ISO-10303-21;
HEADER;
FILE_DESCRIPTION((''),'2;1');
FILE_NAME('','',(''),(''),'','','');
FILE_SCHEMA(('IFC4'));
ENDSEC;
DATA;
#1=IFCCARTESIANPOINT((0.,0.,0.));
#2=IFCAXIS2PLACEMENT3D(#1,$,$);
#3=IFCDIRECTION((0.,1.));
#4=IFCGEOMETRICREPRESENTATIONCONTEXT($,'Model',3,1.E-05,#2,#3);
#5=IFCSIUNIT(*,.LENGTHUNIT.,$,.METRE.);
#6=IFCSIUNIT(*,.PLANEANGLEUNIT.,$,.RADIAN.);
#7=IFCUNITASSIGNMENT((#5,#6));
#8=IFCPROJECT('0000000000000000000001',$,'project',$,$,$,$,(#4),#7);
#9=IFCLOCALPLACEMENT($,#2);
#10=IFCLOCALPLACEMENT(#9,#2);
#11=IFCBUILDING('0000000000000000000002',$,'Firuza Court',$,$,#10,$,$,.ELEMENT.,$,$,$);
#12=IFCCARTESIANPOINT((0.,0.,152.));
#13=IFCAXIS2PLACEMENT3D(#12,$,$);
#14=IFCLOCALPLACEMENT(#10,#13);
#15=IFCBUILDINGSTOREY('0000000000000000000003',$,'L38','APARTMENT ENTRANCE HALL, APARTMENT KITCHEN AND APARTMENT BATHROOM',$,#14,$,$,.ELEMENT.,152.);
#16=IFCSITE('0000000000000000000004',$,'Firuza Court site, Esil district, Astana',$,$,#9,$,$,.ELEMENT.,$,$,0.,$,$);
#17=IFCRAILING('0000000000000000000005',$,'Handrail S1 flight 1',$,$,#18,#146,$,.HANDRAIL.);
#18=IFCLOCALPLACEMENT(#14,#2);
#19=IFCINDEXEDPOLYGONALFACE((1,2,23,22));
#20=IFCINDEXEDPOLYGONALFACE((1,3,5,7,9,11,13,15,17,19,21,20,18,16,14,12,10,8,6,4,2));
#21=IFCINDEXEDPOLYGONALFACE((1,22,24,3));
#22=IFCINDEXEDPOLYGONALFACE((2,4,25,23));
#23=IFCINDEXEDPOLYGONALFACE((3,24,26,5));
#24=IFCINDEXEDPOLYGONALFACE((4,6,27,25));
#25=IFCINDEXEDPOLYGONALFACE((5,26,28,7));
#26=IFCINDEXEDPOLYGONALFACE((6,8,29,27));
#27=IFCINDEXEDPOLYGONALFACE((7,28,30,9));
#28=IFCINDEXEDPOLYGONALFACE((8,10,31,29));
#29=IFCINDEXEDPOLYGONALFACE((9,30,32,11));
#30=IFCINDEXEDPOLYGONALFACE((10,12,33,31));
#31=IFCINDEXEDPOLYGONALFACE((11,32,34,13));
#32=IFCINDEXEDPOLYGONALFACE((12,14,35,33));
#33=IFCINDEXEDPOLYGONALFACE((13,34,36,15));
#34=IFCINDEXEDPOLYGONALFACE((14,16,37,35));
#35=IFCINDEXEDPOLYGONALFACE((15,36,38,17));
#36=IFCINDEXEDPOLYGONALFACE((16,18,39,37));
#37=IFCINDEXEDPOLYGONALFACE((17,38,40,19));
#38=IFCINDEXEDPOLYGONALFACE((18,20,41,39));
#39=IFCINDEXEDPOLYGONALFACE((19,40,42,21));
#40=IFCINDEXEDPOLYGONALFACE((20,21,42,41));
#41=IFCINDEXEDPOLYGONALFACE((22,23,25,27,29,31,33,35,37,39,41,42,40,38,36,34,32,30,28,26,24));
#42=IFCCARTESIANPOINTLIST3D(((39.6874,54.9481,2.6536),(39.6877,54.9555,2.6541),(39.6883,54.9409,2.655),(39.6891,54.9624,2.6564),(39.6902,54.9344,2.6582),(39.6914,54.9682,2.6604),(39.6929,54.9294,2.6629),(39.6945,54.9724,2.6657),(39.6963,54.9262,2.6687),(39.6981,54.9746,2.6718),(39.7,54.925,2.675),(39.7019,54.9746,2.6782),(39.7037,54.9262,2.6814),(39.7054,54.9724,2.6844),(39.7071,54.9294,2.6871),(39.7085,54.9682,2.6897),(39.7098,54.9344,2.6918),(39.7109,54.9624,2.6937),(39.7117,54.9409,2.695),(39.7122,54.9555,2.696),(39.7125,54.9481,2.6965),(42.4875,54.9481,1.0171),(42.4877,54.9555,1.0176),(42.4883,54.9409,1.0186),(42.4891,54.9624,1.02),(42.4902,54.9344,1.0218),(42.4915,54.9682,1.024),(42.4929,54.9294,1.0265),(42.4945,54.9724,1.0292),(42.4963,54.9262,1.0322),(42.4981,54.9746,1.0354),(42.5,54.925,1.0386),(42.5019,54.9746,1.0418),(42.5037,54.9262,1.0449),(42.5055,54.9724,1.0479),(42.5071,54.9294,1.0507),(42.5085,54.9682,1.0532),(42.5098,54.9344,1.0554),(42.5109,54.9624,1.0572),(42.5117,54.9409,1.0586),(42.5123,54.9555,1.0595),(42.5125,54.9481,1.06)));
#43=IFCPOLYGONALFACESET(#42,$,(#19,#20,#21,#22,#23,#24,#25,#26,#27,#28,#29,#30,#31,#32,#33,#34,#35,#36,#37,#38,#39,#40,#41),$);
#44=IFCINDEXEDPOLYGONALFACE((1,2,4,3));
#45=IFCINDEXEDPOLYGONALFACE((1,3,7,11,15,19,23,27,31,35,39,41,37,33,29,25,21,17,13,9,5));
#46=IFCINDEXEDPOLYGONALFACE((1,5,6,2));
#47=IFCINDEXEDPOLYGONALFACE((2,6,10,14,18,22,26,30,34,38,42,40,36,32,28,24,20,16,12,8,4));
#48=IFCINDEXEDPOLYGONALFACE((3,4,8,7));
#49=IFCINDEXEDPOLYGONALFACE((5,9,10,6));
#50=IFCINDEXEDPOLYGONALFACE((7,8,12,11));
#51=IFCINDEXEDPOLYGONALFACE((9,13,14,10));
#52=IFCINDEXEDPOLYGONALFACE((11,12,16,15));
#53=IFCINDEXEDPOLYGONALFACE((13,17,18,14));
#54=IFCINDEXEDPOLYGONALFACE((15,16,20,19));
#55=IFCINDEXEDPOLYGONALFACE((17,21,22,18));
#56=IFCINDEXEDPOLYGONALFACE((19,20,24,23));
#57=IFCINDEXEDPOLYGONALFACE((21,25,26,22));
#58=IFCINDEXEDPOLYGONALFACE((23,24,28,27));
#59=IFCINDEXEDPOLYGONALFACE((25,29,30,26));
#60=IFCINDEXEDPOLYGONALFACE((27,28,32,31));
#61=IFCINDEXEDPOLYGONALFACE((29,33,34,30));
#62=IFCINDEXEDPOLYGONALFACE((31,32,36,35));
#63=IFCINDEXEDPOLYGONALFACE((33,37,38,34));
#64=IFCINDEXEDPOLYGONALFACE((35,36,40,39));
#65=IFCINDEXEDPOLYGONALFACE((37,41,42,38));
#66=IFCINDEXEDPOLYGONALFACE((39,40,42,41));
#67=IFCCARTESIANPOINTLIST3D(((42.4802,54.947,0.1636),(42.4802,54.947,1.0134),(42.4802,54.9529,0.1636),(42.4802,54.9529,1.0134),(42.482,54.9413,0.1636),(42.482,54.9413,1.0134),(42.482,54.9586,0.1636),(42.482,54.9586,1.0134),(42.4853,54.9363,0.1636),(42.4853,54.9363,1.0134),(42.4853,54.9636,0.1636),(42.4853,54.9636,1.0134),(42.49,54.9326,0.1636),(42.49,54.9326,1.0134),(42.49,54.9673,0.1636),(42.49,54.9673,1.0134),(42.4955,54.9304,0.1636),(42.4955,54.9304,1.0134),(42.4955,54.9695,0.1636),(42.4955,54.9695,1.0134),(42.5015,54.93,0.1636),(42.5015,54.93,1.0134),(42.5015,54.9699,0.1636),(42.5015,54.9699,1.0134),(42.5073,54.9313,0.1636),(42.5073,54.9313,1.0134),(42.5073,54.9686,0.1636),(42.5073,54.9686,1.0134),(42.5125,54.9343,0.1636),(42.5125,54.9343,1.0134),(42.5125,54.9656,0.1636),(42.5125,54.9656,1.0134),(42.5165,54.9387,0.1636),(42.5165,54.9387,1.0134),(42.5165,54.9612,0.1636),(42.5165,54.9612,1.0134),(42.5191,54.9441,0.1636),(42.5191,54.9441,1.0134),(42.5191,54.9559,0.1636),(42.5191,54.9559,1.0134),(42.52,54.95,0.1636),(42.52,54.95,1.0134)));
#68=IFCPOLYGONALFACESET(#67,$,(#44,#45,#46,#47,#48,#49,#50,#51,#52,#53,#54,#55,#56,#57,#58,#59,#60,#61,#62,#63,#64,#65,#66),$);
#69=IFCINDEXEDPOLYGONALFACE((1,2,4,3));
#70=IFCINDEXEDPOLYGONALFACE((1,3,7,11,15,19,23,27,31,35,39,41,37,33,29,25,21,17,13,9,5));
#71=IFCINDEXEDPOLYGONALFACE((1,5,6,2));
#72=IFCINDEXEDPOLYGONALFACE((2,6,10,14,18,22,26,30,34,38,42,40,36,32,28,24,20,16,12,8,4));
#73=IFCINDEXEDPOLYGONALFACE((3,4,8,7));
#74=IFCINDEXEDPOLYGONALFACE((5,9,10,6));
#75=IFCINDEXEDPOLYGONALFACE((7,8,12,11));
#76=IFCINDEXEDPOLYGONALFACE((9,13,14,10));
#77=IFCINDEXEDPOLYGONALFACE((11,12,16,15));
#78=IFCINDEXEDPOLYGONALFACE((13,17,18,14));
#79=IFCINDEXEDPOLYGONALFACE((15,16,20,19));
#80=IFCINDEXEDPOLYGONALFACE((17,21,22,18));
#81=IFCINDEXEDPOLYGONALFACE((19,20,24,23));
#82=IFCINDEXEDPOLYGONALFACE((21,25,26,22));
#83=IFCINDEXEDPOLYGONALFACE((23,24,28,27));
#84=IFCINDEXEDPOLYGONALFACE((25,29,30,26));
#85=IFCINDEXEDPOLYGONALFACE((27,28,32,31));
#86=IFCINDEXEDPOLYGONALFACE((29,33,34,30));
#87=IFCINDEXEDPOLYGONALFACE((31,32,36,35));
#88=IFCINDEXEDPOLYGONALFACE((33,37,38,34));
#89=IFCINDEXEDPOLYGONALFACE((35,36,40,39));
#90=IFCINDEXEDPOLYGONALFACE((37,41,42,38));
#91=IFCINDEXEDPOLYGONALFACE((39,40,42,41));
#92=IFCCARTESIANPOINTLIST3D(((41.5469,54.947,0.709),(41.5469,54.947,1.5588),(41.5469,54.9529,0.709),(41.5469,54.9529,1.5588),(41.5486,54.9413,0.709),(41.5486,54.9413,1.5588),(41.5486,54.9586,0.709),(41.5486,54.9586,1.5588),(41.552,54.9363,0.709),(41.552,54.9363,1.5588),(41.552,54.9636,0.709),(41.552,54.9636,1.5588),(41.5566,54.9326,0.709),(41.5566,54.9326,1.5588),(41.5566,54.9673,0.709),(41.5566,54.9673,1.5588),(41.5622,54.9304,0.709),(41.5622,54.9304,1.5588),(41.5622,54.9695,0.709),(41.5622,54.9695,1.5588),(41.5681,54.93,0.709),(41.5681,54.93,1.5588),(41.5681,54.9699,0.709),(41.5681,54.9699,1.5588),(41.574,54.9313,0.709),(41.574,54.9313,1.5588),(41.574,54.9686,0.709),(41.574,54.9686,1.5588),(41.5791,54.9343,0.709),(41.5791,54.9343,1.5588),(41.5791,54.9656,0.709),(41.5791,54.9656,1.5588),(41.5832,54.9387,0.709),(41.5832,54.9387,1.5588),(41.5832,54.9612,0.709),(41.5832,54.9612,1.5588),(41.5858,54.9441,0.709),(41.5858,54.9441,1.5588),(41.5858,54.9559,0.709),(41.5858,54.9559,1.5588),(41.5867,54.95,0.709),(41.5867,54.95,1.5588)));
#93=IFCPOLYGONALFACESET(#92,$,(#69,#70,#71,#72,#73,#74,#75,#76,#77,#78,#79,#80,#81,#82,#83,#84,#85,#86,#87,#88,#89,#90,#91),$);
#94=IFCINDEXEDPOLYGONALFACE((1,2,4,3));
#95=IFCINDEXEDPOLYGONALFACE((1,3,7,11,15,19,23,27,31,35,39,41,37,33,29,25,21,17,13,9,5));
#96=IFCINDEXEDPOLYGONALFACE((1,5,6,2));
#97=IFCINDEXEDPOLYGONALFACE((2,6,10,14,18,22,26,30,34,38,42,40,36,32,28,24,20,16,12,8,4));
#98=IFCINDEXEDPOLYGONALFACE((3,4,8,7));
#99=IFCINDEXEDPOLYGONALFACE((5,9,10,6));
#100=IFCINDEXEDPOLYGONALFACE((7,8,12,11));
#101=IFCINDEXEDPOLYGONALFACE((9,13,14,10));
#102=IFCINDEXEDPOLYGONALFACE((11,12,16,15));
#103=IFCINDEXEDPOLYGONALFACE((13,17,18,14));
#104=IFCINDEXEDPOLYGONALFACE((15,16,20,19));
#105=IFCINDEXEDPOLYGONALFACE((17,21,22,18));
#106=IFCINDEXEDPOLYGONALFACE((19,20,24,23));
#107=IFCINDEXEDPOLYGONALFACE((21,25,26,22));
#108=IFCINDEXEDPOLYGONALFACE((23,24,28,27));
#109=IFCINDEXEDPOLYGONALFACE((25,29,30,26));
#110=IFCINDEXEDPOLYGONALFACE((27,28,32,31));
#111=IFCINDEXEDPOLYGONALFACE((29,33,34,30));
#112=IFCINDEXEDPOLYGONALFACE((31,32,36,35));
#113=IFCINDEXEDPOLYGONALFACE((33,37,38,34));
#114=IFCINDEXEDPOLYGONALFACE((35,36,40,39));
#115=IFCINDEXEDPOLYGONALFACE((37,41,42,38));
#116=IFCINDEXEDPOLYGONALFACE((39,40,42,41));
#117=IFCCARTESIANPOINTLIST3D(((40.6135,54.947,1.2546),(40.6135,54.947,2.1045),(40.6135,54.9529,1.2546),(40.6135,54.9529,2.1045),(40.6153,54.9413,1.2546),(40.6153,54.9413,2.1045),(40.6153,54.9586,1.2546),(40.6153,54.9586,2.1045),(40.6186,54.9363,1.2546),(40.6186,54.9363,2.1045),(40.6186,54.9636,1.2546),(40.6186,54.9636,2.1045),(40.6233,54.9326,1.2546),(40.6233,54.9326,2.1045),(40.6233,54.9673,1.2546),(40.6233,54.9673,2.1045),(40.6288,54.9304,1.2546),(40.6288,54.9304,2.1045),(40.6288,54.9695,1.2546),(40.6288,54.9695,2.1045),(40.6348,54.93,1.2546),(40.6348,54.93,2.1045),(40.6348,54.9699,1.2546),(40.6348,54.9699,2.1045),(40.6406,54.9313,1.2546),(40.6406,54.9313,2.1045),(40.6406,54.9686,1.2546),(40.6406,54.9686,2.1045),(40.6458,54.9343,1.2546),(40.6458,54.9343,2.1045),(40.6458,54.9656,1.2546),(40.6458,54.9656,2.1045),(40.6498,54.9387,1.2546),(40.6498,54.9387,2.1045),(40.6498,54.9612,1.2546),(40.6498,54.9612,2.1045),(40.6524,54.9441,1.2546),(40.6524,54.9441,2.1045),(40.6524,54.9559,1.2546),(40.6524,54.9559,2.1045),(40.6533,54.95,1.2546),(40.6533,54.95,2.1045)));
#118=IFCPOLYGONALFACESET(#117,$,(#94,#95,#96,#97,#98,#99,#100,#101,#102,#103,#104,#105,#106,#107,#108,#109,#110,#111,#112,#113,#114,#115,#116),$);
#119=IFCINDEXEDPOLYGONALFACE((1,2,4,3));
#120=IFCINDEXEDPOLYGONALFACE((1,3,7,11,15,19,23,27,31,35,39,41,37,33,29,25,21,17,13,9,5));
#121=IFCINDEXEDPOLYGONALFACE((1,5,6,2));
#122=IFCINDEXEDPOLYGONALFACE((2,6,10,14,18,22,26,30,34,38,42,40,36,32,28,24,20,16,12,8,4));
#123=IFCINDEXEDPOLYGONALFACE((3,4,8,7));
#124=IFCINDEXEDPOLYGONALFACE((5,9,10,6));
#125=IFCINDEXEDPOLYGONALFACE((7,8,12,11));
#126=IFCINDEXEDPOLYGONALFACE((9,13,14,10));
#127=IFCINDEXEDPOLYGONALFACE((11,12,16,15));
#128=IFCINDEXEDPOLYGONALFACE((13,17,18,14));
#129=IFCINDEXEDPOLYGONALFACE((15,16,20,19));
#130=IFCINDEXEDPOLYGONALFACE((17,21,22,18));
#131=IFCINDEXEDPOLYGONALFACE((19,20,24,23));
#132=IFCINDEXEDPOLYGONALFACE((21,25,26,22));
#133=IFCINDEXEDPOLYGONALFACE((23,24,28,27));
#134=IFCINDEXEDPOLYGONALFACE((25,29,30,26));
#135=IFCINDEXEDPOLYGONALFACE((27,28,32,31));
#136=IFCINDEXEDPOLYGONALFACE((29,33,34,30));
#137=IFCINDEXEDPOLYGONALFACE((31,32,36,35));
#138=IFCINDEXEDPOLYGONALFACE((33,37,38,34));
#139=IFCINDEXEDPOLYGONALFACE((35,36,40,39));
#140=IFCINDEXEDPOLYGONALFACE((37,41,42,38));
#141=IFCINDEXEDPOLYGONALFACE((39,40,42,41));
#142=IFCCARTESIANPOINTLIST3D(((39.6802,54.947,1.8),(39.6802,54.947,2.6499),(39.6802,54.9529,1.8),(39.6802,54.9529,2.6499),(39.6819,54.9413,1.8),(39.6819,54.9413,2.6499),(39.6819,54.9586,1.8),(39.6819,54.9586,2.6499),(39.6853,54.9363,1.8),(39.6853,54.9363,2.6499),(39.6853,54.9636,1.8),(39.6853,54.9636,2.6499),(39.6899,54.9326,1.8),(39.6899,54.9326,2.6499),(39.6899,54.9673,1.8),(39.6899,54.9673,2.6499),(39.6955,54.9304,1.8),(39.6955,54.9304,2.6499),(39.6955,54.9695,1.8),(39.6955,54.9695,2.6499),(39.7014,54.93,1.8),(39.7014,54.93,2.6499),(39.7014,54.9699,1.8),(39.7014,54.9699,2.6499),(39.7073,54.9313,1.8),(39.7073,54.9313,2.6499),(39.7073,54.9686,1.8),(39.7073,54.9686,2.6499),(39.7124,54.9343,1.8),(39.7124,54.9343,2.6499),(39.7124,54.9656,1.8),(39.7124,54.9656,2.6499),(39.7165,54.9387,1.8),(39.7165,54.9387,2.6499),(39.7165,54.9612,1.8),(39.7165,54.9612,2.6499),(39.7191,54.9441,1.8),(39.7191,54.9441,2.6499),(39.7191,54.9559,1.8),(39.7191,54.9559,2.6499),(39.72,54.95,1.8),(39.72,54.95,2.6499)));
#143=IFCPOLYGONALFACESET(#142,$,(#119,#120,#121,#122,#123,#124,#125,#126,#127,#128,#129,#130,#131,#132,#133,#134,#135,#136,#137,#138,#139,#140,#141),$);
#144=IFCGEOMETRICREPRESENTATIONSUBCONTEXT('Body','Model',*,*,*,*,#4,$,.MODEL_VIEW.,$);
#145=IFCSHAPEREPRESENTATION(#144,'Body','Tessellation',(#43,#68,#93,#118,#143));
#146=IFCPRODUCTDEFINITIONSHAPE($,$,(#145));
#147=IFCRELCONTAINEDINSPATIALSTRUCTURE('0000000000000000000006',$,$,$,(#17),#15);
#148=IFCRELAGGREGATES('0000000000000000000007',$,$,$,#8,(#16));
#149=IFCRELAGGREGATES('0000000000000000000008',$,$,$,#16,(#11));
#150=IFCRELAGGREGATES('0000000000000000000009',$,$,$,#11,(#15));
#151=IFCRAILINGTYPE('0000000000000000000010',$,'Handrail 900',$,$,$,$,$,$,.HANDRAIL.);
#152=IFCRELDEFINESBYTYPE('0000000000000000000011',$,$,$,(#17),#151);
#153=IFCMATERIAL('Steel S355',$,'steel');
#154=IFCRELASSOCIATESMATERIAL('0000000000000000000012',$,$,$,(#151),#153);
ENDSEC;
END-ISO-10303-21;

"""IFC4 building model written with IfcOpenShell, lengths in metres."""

from ifc_helpers import new_model, si_unit, direction, frame, origin, origin_2d, place, context, subcontext, project, spatial, circle, extrude, material, type_object, element, save


model = new_model("IFC4")

# Units and contexts
model_context = context("Model", 3, precision=1e-05, world=origin(), true_north=direction((0.0, 1.0)))
body_context = subcontext(model_context, "Body", "Model", "MODEL_VIEW")
ifc_project = project(units=[si_unit("LENGTHUNIT", "METRE"), si_unit("PLANEANGLEUNIT", "RADIAN")], contexts=[model_context])

# Site, building, storey
site_placement = place(None, origin())
site = spatial("IfcSite", under=ifc_project, at=site_placement, Name="Firuza Court site, Esil district, Astana", CompositionType="ELEMENT", RefElevation=0.0)
building_placement = place(site_placement, origin())
building = spatial("IfcBuilding", under=site, at=building_placement, Name="Firuza Court", CompositionType="ELEMENT")
storey_placement = place(building_placement, frame((0.0, 0.0, 152.0)))
storey = spatial("IfcBuildingStorey", under=building, at=storey_placement, Name="L38", Description="APARTMENT ENTRANCE HALL, APARTMENT KITCHEN AND APARTMENT BATHROOM", CompositionType="ELEMENT", Elevation=152.0)

# Railing
ifc_material_1 = material(Name="Steel S355", Category="steel")
railing_type_1 = type_object("IfcRailingType", Name="Handrail 900", PredefinedType="HANDRAIL", material=ifc_material_1)
railing_1_placement = place(storey_placement, frame((42.5, 54.95, 0.1636)))
element("IfcRailing", 1, at=railing_1_placement, inside=storey, type_object=railing_type_1, Name="Handrail S1 flight 1", PredefinedType="HANDRAIL", context=body_context, shape_type="SweptSolid", body=[
    extrude(circle(Radius=0.0249, at=origin_2d()), frame((0.0, 0.0, 0.875), z_axis=(-0.863361, 0.0, 0.504587), x_axis=(0.0, -1.0, 0.0)), (0.0, 0.0, 1.0), 3.2432),
    extrude(circle(Radius=0.02, at=origin_2d()), origin(), (0.0, 0.0, 1.0), 0.8499),
    extrude(circle(Radius=0.02, at=origin_2d()), frame((-0.9333, 0.0, 0.5454)), (0.0, 0.0, 1.0), 0.8499),
    extrude(circle(Radius=0.02, at=origin_2d()), frame((-1.8667, 0.0, 1.0911)), (0.0, 0.0, 1.0), 0.8499),
    extrude(circle(Radius=0.02, at=origin_2d()), frame((-2.8, 0.0, 1.6365)), (0.0, 0.0, 1.0), 0.8499),
])

save(model, "model.ifc")
